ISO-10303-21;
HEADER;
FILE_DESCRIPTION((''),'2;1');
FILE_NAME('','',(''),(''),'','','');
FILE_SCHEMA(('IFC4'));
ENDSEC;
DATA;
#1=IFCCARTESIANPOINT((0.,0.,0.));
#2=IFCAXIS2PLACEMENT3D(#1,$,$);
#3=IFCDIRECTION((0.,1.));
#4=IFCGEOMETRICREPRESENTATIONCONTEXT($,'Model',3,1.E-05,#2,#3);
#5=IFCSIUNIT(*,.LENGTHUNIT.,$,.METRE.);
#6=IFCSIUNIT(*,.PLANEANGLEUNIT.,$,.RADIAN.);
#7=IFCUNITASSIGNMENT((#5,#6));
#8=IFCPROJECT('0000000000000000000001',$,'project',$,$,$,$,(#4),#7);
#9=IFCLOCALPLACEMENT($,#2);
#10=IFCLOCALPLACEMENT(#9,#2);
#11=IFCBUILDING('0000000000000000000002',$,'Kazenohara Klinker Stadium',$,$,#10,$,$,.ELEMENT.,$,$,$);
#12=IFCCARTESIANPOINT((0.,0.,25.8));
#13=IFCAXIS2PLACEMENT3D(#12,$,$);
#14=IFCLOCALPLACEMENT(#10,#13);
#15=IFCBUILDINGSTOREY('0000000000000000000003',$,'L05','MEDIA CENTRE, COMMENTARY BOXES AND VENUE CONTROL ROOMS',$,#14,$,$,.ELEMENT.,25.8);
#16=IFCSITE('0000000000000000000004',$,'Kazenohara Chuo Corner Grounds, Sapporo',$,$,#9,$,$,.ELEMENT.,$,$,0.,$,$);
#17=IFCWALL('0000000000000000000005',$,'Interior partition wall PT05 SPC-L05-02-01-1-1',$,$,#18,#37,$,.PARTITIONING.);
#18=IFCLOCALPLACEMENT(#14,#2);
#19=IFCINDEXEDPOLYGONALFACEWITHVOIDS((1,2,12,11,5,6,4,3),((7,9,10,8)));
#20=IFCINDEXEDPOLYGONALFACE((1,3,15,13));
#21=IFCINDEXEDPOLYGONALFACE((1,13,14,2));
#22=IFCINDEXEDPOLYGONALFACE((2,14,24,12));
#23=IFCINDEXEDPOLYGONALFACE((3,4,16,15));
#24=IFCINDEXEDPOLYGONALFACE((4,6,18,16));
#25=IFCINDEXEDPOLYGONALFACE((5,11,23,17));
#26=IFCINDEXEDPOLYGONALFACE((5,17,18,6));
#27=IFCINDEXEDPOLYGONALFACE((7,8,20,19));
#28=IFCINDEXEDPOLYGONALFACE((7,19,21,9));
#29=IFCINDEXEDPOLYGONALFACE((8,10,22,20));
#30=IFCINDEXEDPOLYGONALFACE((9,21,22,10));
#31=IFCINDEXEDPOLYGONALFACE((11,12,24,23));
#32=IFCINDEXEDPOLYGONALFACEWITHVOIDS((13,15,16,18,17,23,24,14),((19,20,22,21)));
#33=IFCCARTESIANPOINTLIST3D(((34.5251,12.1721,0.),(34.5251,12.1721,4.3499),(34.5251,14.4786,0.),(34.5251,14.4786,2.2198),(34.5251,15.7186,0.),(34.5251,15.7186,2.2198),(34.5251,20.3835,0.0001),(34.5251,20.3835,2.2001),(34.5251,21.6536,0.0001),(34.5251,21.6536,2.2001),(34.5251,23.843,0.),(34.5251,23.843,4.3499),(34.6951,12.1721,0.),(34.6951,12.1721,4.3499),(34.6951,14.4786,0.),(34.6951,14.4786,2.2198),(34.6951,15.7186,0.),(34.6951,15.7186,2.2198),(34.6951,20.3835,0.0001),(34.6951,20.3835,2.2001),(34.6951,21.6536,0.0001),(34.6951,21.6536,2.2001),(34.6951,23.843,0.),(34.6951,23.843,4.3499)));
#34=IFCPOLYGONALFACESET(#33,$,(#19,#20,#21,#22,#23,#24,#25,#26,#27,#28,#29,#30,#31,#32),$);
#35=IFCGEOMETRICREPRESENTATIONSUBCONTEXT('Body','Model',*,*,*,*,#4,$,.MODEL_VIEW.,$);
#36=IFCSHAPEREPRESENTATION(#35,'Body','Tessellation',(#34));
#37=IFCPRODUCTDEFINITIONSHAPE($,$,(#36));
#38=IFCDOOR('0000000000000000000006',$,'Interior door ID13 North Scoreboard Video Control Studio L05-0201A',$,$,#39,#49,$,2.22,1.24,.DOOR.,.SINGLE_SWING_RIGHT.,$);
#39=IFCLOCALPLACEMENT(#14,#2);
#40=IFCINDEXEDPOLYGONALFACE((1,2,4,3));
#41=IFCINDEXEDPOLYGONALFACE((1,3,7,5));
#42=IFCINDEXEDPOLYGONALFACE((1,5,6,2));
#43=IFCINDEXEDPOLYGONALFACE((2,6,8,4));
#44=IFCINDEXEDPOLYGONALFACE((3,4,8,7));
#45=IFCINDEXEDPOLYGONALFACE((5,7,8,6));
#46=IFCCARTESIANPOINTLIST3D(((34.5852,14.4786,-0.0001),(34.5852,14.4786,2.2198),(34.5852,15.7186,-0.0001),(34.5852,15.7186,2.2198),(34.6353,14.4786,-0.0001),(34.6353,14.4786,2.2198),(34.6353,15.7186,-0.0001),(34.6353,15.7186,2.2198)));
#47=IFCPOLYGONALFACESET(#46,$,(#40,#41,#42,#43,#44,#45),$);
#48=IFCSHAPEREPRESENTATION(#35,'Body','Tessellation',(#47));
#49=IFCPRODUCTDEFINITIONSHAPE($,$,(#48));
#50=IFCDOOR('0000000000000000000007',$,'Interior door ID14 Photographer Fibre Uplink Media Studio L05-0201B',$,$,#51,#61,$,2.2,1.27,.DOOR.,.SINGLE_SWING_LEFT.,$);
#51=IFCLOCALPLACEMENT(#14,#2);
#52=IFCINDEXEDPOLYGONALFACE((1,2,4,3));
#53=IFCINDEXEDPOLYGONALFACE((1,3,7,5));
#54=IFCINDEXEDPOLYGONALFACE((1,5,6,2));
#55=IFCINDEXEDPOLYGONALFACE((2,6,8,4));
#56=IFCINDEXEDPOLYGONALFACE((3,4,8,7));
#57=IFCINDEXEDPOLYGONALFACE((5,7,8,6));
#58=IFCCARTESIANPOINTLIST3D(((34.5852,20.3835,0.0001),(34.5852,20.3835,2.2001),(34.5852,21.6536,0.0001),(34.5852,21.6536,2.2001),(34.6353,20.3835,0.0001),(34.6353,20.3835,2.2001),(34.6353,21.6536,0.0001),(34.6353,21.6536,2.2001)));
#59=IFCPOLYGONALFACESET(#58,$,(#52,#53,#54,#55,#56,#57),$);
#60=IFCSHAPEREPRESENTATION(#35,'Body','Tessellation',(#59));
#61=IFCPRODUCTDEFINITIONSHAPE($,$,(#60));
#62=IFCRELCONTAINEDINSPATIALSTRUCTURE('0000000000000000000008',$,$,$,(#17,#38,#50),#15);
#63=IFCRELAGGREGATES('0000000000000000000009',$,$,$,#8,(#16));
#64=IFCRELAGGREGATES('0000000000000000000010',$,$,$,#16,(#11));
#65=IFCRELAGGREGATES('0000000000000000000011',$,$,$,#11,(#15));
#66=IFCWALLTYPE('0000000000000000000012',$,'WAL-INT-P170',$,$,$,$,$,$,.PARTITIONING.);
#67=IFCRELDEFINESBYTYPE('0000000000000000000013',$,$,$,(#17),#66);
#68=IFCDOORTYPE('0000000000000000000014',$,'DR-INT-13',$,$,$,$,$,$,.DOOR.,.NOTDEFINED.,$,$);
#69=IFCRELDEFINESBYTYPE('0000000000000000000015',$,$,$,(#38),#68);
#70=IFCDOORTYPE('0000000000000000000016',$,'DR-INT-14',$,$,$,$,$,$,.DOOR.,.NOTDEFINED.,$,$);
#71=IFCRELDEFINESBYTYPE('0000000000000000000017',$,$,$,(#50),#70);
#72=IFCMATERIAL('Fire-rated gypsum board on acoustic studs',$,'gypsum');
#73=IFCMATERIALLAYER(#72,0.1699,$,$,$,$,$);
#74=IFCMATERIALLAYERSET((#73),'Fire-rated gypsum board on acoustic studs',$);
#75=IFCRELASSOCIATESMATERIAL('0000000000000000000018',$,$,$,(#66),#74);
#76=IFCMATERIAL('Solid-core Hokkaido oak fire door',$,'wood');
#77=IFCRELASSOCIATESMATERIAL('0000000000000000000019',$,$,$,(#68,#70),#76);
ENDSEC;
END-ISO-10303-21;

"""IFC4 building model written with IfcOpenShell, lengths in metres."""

from ifc_helpers import new_model, si_unit, direction, frame, frame_2d, origin, place, context, subcontext, project, spatial, rectangle, extrude, material, layer, layer_set, type_object, element, fill, save


model = new_model("IFC4")

# Units and contexts
model_context = context("Model", 3, precision=1e-05, world=origin(), true_north=direction((0.0, 1.0)))
body_context = subcontext(model_context, "Body", "Model", "MODEL_VIEW")
ifc_project = project(units=[si_unit("LENGTHUNIT", "METRE"), si_unit("PLANEANGLEUNIT", "RADIAN")], contexts=[model_context])

# Site, building, storey
site_placement = place(None, origin())
site = spatial("IfcSite", under=ifc_project, at=site_placement, Name="Kazenohara Chuo Corner Grounds, Sapporo", CompositionType="ELEMENT", RefElevation=0.0)
building_placement = place(site_placement, origin())
building = spatial("IfcBuilding", under=site, at=building_placement, Name="Kazenohara Klinker Stadium", CompositionType="ELEMENT")
storey_placement = place(building_placement, frame((0.0, 0.0, 25.8)))
storey = spatial("IfcBuildingStorey", under=building, at=storey_placement, Name="L05", Description="MEDIA CENTRE, COMMENTARY BOXES AND VENUE CONTROL ROOMS", CompositionType="ELEMENT", Elevation=25.8)

# Wall, openings, doors
ifc_material_1 = material(Name="Fire-rated gypsum board on acoustic studs", Category="gypsum")
ifc_material_2 = material(Name="Solid-core Hokkaido oak fire door", Category="wood")
ifc_layer_1 = layer(ifc_material_1, 0.1699)
ifc_layer_set_1 = layer_set([ifc_layer_1], Name="Fire-rated gypsum board on acoustic studs")
wall_type_1 = type_object("IfcWallType", Name="WAL-INT-P170", PredefinedType="PARTITIONING", material=ifc_layer_set_1)
wall_1_placement = place(storey_placement, frame((34.6101, 12.1721, 0.0), z_axis=(0.0, 0.0, 1.0), x_axis=(0.0, 1.0, 0.0)))
wall_1 = element("IfcWall", 1, at=wall_1_placement, inside=storey, type_object=wall_type_1, Name="Interior partition wall PT05 SPC-L05-02-01-1-1", PredefinedType="PARTITIONING", context=body_context, shape_type="SweptSolid", body=[
    extrude(rectangle(XDim=11.6709, YDim=0.1699, at=frame_2d((5.8354, 0.0))), origin(), (0.0, 0.0, 1.0), 4.3499),
])
opening_1_placement = place(wall_1_placement, frame((2.3064, 0.0, 0.0)))
opening_1 = element("IfcOpeningElement", 2, at=opening_1_placement, cuts=wall_1, PredefinedType="OPENING", context=body_context, shape_type="SweptSolid", body=[
    extrude(rectangle(XDim=1.24, YDim=2.22, at=frame_2d((0.6201, 1.1099))), frame((0.0, 0.095, 0.0), z_axis=(0.0, -1.0, 0.0), x_axis=(1.0, 0.0, 0.0)), (0.0, 0.0, 1.0), 0.1899),
])
opening_2_placement = place(wall_1_placement, frame((8.2114, 0.0, 0.0)))
opening_2 = element("IfcOpeningElement", 3, at=opening_2_placement, cuts=wall_1, PredefinedType="OPENING", context=body_context, shape_type="SweptSolid", body=[
    extrude(rectangle(XDim=1.27, YDim=2.2, at=frame_2d((0.635, 1.1001))), frame((0.0, 0.095, 0.0), z_axis=(0.0, -1.0, 0.0), x_axis=(1.0, 0.0, 0.0)), (0.0, 0.0, 1.0), 0.1899),
])
door_type_1 = type_object("IfcDoorType", Name="DR-INT-13", OperationType="NOTDEFINED", PredefinedType="DOOR", material=ifc_material_2)
door_1_placement = place(opening_1_placement, origin())
door_1 = element("IfcDoor", 4, at=door_1_placement, inside=storey, type_object=door_type_1, Name="Interior door ID13 North Scoreboard Video Control Studio L05-0201A", OperationType="SINGLE_SWING_RIGHT", OverallHeight=2.22, OverallWidth=1.24, PredefinedType="DOOR", context=body_context, shape_type="SweptSolid", body=[
    extrude(rectangle(XDim=1.24, YDim=2.22, at=frame_2d((0.6201, 1.1099))), frame((0.0, 0.0249, 0.0), z_axis=(0.0, -1.0, 0.0), x_axis=(1.0, 0.0, 0.0)), (0.0, 0.0, 1.0), 0.05),
])
fill(opening_1, door_1)
door_type_2 = type_object("IfcDoorType", Name="DR-INT-14", OperationType="NOTDEFINED", PredefinedType="DOOR", material=ifc_material_2)
door_2_placement = place(opening_2_placement, origin())
door_2 = element("IfcDoor", 5, at=door_2_placement, inside=storey, type_object=door_type_2, Name="Interior door ID14 Photographer Fibre Uplink Media Studio L05-0201B", OperationType="SINGLE_SWING_LEFT", OverallHeight=2.2, OverallWidth=1.27, PredefinedType="DOOR", context=body_context, shape_type="SweptSolid", body=[
    extrude(rectangle(XDim=1.27, YDim=2.2, at=frame_2d((0.635, 1.1001))), frame((0.0, 0.0249, 0.0), z_axis=(0.0, -1.0, 0.0), x_axis=(1.0, 0.0, 0.0)), (0.0, 0.0, 1.0), 0.05),
])
fill(opening_2, door_2)

save(model, "model.ifc")
